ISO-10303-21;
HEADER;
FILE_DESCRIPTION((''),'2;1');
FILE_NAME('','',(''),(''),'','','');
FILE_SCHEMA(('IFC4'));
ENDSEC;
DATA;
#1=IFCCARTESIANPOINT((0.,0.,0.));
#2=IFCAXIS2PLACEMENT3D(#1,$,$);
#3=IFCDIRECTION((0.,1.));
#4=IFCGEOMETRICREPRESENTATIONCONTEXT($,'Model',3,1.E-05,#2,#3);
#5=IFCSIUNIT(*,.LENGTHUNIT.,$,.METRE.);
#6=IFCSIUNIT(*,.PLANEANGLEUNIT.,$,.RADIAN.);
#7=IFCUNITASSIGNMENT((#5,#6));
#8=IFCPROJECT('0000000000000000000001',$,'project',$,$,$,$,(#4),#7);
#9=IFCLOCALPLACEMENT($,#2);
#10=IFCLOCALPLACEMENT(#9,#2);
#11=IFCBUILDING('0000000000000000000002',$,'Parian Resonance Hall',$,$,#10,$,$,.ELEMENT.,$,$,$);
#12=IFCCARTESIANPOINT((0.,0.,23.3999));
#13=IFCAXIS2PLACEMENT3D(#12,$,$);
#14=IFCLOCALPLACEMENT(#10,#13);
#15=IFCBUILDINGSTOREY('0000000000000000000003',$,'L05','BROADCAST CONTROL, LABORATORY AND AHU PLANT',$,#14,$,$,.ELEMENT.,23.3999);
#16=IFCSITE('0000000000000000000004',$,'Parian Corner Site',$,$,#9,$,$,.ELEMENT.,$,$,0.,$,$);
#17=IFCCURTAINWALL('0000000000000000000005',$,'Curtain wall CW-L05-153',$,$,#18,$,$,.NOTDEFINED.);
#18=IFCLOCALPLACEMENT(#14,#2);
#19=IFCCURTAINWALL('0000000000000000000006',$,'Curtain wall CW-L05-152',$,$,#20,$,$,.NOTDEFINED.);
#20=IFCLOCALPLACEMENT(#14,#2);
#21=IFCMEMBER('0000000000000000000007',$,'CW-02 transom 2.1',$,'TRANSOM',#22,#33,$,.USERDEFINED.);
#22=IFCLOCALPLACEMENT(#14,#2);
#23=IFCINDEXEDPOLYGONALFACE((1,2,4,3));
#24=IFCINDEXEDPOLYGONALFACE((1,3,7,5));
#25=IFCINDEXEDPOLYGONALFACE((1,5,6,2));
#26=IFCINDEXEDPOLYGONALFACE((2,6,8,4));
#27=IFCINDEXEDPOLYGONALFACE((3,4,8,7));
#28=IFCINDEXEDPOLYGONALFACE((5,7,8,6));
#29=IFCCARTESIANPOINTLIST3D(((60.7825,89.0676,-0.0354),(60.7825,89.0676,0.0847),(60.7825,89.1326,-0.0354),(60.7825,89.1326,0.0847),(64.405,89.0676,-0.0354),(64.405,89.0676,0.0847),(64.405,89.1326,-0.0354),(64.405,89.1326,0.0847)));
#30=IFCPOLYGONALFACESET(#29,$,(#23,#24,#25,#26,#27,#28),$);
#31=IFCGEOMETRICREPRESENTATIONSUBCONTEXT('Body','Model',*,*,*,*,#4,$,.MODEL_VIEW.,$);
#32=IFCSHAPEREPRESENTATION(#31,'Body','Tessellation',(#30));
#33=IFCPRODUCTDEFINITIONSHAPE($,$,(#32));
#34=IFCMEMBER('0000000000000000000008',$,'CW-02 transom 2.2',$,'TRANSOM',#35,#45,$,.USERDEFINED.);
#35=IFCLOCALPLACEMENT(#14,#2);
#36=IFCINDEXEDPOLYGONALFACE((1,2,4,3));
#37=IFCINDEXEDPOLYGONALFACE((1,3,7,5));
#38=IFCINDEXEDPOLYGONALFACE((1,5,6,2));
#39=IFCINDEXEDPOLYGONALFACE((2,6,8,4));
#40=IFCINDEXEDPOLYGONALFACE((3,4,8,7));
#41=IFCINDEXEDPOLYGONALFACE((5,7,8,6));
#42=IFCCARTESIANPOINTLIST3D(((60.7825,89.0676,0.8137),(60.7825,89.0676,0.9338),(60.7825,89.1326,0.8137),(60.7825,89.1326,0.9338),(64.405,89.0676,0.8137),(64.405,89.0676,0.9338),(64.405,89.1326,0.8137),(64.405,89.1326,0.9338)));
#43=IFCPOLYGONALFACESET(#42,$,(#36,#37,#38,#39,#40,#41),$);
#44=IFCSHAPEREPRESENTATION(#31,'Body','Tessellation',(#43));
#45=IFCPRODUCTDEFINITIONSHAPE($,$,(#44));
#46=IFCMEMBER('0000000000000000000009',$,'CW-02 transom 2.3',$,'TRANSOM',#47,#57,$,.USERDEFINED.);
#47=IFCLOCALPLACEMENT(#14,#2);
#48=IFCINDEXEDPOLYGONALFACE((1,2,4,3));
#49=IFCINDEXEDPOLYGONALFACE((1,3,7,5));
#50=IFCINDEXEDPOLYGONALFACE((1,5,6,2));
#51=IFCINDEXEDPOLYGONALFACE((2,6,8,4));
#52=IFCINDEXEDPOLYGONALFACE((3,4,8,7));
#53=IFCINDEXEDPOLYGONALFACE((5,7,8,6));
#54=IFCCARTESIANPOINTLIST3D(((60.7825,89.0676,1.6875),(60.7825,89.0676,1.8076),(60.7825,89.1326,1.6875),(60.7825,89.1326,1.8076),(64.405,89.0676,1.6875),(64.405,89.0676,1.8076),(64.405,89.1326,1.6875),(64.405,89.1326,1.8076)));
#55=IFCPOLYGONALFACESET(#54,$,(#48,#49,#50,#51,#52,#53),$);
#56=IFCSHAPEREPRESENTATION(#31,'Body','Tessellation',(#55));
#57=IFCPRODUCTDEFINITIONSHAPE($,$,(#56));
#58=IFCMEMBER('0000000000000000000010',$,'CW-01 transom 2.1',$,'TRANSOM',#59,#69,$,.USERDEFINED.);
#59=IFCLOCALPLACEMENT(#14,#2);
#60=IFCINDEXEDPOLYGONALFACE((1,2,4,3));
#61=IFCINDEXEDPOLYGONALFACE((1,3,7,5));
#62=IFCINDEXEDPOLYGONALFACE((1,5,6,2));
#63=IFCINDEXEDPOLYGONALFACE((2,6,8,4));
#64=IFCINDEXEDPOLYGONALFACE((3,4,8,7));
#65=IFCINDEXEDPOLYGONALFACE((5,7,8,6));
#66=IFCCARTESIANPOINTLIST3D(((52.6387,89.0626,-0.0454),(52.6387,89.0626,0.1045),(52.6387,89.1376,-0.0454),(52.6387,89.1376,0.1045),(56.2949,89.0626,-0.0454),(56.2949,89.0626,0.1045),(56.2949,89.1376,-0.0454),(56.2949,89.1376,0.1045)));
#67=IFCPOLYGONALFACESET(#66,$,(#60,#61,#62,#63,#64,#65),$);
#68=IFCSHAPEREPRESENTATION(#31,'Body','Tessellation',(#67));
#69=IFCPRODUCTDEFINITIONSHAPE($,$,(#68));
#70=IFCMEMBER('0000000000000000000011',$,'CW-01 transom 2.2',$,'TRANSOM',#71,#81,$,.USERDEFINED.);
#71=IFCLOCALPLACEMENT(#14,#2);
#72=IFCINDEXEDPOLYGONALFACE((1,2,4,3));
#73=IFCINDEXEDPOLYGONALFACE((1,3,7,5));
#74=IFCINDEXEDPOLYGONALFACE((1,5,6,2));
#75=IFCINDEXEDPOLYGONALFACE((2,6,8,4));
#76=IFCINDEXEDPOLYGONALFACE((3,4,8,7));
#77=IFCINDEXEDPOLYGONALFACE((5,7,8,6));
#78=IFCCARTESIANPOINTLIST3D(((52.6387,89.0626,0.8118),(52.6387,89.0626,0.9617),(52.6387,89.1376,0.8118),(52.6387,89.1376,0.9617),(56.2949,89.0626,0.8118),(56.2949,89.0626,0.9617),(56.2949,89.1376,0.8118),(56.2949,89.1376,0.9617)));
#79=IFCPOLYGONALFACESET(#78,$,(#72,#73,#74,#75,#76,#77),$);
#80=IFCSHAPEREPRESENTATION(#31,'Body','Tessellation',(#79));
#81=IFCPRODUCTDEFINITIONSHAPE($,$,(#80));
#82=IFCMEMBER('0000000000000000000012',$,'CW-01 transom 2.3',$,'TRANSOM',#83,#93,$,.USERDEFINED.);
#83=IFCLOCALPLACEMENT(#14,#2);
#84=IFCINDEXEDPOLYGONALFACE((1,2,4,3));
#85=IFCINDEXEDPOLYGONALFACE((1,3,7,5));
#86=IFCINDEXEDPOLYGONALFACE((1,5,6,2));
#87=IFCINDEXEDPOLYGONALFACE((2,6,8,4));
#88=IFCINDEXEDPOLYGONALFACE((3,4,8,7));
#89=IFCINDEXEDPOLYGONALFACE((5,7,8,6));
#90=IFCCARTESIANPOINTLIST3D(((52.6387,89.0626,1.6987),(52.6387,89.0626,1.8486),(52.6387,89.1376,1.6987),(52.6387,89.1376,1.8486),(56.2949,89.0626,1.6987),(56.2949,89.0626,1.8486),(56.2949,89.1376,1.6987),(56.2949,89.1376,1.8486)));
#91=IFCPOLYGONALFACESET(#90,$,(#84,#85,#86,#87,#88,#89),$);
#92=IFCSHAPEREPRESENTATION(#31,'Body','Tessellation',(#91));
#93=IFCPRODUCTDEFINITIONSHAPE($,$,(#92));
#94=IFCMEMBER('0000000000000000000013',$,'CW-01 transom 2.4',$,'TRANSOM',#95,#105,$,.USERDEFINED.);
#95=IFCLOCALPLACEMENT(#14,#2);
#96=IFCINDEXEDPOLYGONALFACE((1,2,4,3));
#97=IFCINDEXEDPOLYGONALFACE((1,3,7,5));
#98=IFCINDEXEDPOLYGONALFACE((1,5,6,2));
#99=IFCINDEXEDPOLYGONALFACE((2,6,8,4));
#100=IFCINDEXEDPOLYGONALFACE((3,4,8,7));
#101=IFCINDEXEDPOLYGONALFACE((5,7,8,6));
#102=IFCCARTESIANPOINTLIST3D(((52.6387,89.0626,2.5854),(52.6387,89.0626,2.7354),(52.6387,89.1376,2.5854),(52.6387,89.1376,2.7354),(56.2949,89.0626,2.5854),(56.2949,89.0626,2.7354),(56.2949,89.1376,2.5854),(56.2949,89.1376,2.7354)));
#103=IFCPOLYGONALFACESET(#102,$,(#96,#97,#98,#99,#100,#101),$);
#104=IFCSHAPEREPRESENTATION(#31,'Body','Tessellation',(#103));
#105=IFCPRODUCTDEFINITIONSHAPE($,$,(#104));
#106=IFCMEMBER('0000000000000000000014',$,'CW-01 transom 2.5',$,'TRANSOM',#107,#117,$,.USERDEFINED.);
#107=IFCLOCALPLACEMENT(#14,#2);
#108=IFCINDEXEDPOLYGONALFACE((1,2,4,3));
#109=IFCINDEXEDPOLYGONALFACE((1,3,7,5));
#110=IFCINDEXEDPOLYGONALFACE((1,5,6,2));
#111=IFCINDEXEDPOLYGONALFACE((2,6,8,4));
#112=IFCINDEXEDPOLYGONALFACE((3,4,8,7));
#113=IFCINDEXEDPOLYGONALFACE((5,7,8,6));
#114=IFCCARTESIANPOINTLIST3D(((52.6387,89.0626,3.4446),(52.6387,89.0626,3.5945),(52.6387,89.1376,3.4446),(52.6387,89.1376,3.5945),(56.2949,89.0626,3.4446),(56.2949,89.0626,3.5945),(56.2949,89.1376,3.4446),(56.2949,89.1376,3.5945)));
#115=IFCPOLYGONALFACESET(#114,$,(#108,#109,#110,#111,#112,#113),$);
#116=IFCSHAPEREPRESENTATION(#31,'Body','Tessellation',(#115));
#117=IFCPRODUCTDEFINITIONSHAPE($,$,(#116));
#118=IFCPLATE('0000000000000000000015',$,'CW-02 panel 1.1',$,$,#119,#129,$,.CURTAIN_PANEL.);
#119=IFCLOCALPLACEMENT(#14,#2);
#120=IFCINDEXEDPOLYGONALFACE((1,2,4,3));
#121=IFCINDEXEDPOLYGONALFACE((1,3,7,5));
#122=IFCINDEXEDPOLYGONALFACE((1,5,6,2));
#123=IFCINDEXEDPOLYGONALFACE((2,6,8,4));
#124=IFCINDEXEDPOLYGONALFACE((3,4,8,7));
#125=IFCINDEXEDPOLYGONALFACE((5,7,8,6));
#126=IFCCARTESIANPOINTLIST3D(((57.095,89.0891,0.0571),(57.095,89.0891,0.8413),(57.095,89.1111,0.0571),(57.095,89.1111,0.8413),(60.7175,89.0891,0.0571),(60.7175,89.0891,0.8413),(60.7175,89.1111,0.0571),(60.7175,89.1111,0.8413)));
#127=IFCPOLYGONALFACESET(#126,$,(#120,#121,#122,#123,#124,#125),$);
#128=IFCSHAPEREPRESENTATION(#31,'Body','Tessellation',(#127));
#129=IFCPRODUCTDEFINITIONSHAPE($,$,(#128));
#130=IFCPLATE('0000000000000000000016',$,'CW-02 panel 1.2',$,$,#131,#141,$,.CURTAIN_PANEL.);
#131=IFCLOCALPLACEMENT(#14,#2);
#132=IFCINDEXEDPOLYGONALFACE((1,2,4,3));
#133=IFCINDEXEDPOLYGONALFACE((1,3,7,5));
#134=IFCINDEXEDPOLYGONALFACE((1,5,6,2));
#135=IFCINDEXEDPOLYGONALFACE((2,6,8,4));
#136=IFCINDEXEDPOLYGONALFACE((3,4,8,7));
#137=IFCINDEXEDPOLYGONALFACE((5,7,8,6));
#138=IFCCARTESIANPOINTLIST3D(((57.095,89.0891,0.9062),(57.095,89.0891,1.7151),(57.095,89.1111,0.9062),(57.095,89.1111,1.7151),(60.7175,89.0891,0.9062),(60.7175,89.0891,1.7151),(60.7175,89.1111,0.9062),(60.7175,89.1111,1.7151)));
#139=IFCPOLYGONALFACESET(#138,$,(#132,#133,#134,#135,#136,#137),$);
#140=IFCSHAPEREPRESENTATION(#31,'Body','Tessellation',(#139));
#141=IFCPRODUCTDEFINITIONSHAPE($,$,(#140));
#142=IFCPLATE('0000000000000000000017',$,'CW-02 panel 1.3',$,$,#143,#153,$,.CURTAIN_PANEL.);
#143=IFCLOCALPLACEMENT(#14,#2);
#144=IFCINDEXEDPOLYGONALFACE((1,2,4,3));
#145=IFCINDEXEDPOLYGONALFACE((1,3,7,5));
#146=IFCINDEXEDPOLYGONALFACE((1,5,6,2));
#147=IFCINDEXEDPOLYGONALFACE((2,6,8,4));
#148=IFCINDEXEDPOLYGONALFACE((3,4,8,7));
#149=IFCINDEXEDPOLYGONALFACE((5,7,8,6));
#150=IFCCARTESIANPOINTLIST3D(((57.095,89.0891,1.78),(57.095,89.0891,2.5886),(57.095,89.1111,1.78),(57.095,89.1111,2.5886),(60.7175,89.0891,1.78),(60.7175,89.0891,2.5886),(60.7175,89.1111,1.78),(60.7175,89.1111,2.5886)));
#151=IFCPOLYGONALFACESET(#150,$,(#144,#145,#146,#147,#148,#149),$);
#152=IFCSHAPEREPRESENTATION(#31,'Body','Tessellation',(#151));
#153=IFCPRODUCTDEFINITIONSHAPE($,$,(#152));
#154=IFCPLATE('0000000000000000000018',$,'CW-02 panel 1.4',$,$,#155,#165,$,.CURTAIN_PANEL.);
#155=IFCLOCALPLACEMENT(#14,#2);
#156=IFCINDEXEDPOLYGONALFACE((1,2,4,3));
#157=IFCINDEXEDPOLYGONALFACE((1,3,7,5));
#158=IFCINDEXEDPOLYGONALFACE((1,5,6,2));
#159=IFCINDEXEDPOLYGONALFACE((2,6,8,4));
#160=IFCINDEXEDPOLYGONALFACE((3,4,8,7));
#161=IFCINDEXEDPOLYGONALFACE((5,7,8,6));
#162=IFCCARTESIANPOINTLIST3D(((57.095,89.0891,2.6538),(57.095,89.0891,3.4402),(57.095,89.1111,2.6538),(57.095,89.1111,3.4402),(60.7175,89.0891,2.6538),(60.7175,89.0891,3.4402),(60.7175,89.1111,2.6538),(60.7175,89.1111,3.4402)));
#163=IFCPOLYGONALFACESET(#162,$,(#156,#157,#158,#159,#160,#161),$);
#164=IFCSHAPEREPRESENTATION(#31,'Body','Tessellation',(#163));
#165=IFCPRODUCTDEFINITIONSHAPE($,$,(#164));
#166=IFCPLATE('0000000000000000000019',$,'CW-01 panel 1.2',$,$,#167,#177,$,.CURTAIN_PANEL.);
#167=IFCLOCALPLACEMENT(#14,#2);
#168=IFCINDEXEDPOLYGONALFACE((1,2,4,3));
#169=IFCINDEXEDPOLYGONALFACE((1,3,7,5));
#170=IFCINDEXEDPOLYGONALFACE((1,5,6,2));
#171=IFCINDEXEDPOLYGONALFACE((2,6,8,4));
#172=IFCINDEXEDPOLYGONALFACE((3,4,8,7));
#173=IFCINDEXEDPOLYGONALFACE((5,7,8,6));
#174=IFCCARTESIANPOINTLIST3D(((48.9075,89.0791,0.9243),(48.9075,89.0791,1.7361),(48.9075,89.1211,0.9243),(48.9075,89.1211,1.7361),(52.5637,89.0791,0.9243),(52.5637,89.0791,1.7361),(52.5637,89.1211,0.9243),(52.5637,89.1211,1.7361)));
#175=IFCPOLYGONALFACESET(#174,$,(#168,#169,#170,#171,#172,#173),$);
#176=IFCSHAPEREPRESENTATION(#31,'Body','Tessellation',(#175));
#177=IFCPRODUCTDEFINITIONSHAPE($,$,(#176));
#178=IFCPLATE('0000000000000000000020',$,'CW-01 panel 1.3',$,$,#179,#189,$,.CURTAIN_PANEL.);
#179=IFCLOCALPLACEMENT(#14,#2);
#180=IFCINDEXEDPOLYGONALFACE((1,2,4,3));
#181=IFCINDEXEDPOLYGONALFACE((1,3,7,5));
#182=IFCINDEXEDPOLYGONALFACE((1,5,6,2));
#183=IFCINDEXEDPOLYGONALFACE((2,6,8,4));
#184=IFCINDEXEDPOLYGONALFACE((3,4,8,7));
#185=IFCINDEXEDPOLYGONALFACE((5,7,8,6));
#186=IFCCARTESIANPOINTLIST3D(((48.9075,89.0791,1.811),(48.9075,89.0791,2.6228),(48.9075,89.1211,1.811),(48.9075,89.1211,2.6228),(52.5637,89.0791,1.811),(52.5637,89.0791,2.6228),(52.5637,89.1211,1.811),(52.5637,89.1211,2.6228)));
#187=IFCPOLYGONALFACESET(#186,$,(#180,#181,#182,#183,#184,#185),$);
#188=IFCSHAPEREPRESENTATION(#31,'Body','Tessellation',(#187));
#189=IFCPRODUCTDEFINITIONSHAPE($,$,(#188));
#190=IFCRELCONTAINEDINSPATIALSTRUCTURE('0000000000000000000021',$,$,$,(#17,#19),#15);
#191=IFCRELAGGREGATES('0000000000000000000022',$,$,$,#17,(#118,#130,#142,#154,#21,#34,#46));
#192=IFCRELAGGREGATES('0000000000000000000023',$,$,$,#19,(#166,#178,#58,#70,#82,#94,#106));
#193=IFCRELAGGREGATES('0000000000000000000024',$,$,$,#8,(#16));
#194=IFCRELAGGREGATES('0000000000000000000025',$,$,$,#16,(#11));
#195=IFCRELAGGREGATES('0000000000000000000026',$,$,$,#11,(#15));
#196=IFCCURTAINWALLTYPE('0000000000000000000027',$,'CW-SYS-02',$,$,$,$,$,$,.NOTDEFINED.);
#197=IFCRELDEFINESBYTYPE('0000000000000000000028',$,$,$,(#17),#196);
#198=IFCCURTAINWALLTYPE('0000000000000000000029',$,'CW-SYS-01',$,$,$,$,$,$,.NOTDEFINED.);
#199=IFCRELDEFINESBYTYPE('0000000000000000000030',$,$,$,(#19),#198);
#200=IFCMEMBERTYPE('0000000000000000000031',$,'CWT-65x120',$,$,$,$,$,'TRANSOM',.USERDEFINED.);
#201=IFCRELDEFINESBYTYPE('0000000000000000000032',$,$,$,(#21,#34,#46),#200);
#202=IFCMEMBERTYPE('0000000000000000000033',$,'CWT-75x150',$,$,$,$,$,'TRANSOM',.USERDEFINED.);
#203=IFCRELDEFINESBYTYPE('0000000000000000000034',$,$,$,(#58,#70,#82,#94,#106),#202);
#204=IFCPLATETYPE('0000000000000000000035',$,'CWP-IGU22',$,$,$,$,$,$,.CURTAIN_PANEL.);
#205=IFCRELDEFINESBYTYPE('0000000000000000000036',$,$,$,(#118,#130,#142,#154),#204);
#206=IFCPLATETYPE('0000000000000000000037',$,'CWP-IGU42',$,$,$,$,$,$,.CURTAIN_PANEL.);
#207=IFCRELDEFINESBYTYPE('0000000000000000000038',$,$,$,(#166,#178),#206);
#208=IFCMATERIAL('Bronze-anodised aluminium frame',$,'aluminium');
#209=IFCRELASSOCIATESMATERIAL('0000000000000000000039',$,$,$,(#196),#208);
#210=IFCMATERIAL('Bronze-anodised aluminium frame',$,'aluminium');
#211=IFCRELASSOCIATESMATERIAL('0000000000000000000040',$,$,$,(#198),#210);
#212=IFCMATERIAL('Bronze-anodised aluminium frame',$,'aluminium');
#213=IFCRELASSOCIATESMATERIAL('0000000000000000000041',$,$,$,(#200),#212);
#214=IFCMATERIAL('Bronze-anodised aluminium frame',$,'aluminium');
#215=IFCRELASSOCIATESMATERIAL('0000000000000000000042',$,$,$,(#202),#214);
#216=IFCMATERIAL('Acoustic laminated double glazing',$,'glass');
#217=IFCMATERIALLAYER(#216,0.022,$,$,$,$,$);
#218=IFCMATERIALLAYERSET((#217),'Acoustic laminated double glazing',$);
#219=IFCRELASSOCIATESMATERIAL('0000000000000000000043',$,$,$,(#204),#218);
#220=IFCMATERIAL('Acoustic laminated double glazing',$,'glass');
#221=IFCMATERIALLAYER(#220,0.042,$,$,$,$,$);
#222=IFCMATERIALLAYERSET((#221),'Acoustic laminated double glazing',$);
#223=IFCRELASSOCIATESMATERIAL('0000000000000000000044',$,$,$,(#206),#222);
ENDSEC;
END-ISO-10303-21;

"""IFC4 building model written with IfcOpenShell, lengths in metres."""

from ifc_helpers import new_model, si_unit, direction, frame, origin, origin_2d, place, context, subcontext, project, spatial, rectangle, extrude, material, layer, layer_set, material_profile, profile_set, type_object, element, aggregate, save


model = new_model("IFC4")

# Units and contexts
model_context = context("Model", 3, precision=1e-05, world=origin(), true_north=direction((0.0, 1.0)))
body_context = subcontext(model_context, "Body", "Model", "MODEL_VIEW")
ifc_project = project(units=[si_unit("LENGTHUNIT", "METRE"), si_unit("PLANEANGLEUNIT", "RADIAN")], contexts=[model_context])

# Site, building, storey
site_placement = place(None, origin())
site = spatial("IfcSite", under=ifc_project, at=site_placement, Name="Parian Corner Site", CompositionType="ELEMENT", RefElevation=0.0)
building_placement = place(site_placement, origin())
building = spatial("IfcBuilding", under=site, at=building_placement, Name="Parian Resonance Hall", CompositionType="ELEMENT")
storey_placement = place(building_placement, frame((0.0, 0.0, 23.3999)))
storey = spatial("IfcBuildingStorey", under=building, at=storey_placement, Name="L05", Description="BROADCAST CONTROL, LABORATORY AND AHU PLANT", CompositionType="ELEMENT", Elevation=23.3999)

# Curtain walls
ifc_material_1 = material(Name="Bronze-anodised aluminium frame", Category="aluminium")
curtain_wall_type_1 = type_object("IfcCurtainWallType", Name="CW-SYS-02", PredefinedType="NOTDEFINED", material=ifc_material_1)
curtain_wall_1_placement = place(storey_placement, origin())
curtain_wall_1 = element("IfcCurtainWall", 1, at=curtain_wall_1_placement, inside=storey, type_object=curtain_wall_type_1, Name="Curtain wall CW-L05-153", PredefinedType="NOTDEFINED")
ifc_material_2 = material(Name="Bronze-anodised aluminium frame", Category="aluminium")
curtain_wall_type_2 = type_object("IfcCurtainWallType", Name="CW-SYS-01", PredefinedType="NOTDEFINED", material=ifc_material_2)
curtain_wall_2_placement = place(storey_placement, origin())
curtain_wall_2 = element("IfcCurtainWall", 2, at=curtain_wall_2_placement, inside=storey, type_object=curtain_wall_type_2, Name="Curtain wall CW-L05-152", PredefinedType="NOTDEFINED")

# Members
ifc_material_3 = material(Name="Bronze-anodised aluminium frame", Category="aluminium")
ifc_material_profile_1 = material_profile(ifc_material_3, rectangle(XDim=0.0649, YDim=0.1201, at=origin_2d()), Name="CWT-65x120")
ifc_profile_set_1 = profile_set([ifc_material_profile_1], Name="Bronze-anodised aluminium frame")
member_type_1 = type_object("IfcMemberType", Name="CWT-65x120", ElementType="TRANSOM", PredefinedType="USERDEFINED", material=ifc_profile_set_1)
member_1_placement = place(storey_placement, frame((60.7825, 89.1001, 0.0247), z_axis=(1.0, 0.0, 0.0), x_axis=(0.0, 1.0, 0.0)))
member_1 = element("IfcMember", 3, at=member_1_placement, type_object=member_type_1, Name="CW-02 transom 2.1", ObjectType="TRANSOM", PredefinedType="USERDEFINED", context=body_context, shape_type="SweptSolid", body=[
    extrude(rectangle(XDim=0.0649, YDim=0.1201, at=origin_2d()), origin(), (0.0, 0.0, 1.0), 3.6226),
])
member_2_placement = place(storey_placement, frame((60.7825, 89.1001, 0.8738), z_axis=(1.0, 0.0, 0.0), x_axis=(0.0, 1.0, 0.0)))
member_2 = element("IfcMember", 4, at=member_2_placement, type_object=member_type_1, Name="CW-02 transom 2.2", ObjectType="TRANSOM", PredefinedType="USERDEFINED", context=body_context, shape_type="SweptSolid", body=[
    extrude(rectangle(XDim=0.0649, YDim=0.1201, at=origin_2d()), origin(), (0.0, 0.0, 1.0), 3.6226),
])
member_3_placement = place(storey_placement, frame((60.7825, 89.1001, 1.7476), z_axis=(1.0, 0.0, 0.0), x_axis=(0.0, 1.0, 0.0)))
member_3 = element("IfcMember", 5, at=member_3_placement, type_object=member_type_1, Name="CW-02 transom 2.3", ObjectType="TRANSOM", PredefinedType="USERDEFINED", context=body_context, shape_type="SweptSolid", body=[
    extrude(rectangle(XDim=0.0649, YDim=0.1201, at=origin_2d()), origin(), (0.0, 0.0, 1.0), 3.6226),
])
ifc_material_4 = material(Name="Bronze-anodised aluminium frame", Category="aluminium")
ifc_material_profile_2 = material_profile(ifc_material_4, rectangle(XDim=0.075, YDim=0.1499, at=origin_2d()), Name="CWT-75x150")
ifc_profile_set_2 = profile_set([ifc_material_profile_2], Name="Bronze-anodised aluminium frame")
member_type_2 = type_object("IfcMemberType", Name="CWT-75x150", ElementType="TRANSOM", PredefinedType="USERDEFINED", material=ifc_profile_set_2)
member_4_placement = place(storey_placement, frame((52.6387, 89.1001, 0.0295), z_axis=(1.0, 0.0, 0.0), x_axis=(0.0, 1.0, 0.0)))
member_4 = element("IfcMember", 6, at=member_4_placement, type_object=member_type_2, Name="CW-01 transom 2.1", ObjectType="TRANSOM", PredefinedType="USERDEFINED", context=body_context, shape_type="SweptSolid", body=[
    extrude(rectangle(XDim=0.075, YDim=0.1499, at=origin_2d()), origin(), (0.0, 0.0, 1.0), 3.6562),
])
member_5_placement = place(storey_placement, frame((52.6387, 89.1001, 0.8867), z_axis=(1.0, 0.0, 0.0), x_axis=(0.0, 1.0, 0.0)))
member_5 = element("IfcMember", 7, at=member_5_placement, type_object=member_type_2, Name="CW-01 transom 2.2", ObjectType="TRANSOM", PredefinedType="USERDEFINED", context=body_context, shape_type="SweptSolid", body=[
    extrude(rectangle(XDim=0.075, YDim=0.1499, at=origin_2d()), origin(), (0.0, 0.0, 1.0), 3.6562),
])
member_6_placement = place(storey_placement, frame((52.6387, 89.1001, 1.7737), z_axis=(1.0, 0.0, 0.0), x_axis=(0.0, 1.0, 0.0)))
member_6 = element("IfcMember", 8, at=member_6_placement, type_object=member_type_2, Name="CW-01 transom 2.3", ObjectType="TRANSOM", PredefinedType="USERDEFINED", context=body_context, shape_type="SweptSolid", body=[
    extrude(rectangle(XDim=0.075, YDim=0.1499, at=origin_2d()), origin(), (0.0, 0.0, 1.0), 3.6562),
])
member_7_placement = place(storey_placement, frame((52.6387, 89.1001, 2.6604), z_axis=(1.0, 0.0, 0.0), x_axis=(0.0, 1.0, 0.0)))
member_7 = element("IfcMember", 9, at=member_7_placement, type_object=member_type_2, Name="CW-01 transom 2.4", ObjectType="TRANSOM", PredefinedType="USERDEFINED", context=body_context, shape_type="SweptSolid", body=[
    extrude(rectangle(XDim=0.075, YDim=0.1499, at=origin_2d()), origin(), (0.0, 0.0, 1.0), 3.6562),
])
member_8_placement = place(storey_placement, frame((52.6387, 89.1001, 3.5195), z_axis=(1.0, 0.0, 0.0), x_axis=(0.0, 1.0, 0.0)))
member_8 = element("IfcMember", 10, at=member_8_placement, type_object=member_type_2, Name="CW-01 transom 2.5", ObjectType="TRANSOM", PredefinedType="USERDEFINED", context=body_context, shape_type="SweptSolid", body=[
    extrude(rectangle(XDim=0.075, YDim=0.1499, at=origin_2d()), origin(), (0.0, 0.0, 1.0), 3.6562),
])

# Plates
ifc_material_5 = material(Name="Acoustic laminated double glazing", Category="glass")
ifc_layer_1 = layer(ifc_material_5, 0.022)
ifc_layer_set_1 = layer_set([ifc_layer_1], Name="Acoustic laminated double glazing")
plate_type_1 = type_object("IfcPlateType", Name="CWP-IGU22", PredefinedType="CURTAIN_PANEL", material=ifc_layer_set_1)
plate_1_placement = place(storey_placement, frame((58.9062, 89.1001, 0.0571), z_axis=(0.0, 0.0, 1.0), x_axis=(1.0, 0.0, 0.0)))
plate_1 = element("IfcPlate", 11, at=plate_1_placement, type_object=plate_type_1, Name="CW-02 panel 1.1", PredefinedType="CURTAIN_PANEL", context=body_context, shape_type="SweptSolid", body=[
    extrude(rectangle(XDim=3.6226, YDim=0.022, at=origin_2d()), origin(), (0.0, 0.0, 1.0), 0.7842),
])
plate_2_placement = place(storey_placement, frame((58.9062, 89.1001, 0.9062), z_axis=(0.0, 0.0, 1.0), x_axis=(1.0, 0.0, 0.0)))
plate_2 = element("IfcPlate", 12, at=plate_2_placement, type_object=plate_type_1, Name="CW-02 panel 1.2", PredefinedType="CURTAIN_PANEL", context=body_context, shape_type="SweptSolid", body=[
    extrude(rectangle(XDim=3.6226, YDim=0.022, at=origin_2d()), origin(), (0.0, 0.0, 1.0), 0.8088),
])
plate_3_placement = place(storey_placement, frame((58.9062, 89.1001, 1.78), z_axis=(0.0, 0.0, 1.0), x_axis=(1.0, 0.0, 0.0)))
plate_3 = element("IfcPlate", 13, at=plate_3_placement, type_object=plate_type_1, Name="CW-02 panel 1.3", PredefinedType="CURTAIN_PANEL", context=body_context, shape_type="SweptSolid", body=[
    extrude(rectangle(XDim=3.6226, YDim=0.022, at=origin_2d()), origin(), (0.0, 0.0, 1.0), 0.8086),
])
plate_4_placement = place(storey_placement, frame((58.9062, 89.1001, 2.6538), z_axis=(0.0, 0.0, 1.0), x_axis=(1.0, 0.0, 0.0)))
plate_4 = element("IfcPlate", 14, at=plate_4_placement, type_object=plate_type_1, Name="CW-02 panel 1.4", PredefinedType="CURTAIN_PANEL", context=body_context, shape_type="SweptSolid", body=[
    extrude(rectangle(XDim=3.6226, YDim=0.022, at=origin_2d()), origin(), (0.0, 0.0, 1.0), 0.7864),
])
aggregate(curtain_wall_1, [plate_1, plate_2, plate_3, plate_4, member_1, member_2, member_3])
ifc_material_6 = material(Name="Acoustic laminated double glazing", Category="glass")
ifc_layer_2 = layer(ifc_material_6, 0.042)
ifc_layer_set_2 = layer_set([ifc_layer_2], Name="Acoustic laminated double glazing")
plate_type_2 = type_object("IfcPlateType", Name="CWP-IGU42", PredefinedType="CURTAIN_PANEL", material=ifc_layer_set_2)
plate_5_placement = place(storey_placement, frame((50.7356, 89.1001, 0.9243), z_axis=(0.0, 0.0, 1.0), x_axis=(1.0, 0.0, 0.0)))
plate_5 = element("IfcPlate", 15, at=plate_5_placement, type_object=plate_type_2, Name="CW-01 panel 1.2", PredefinedType="CURTAIN_PANEL", context=body_context, shape_type="SweptSolid", body=[
    extrude(rectangle(XDim=3.6562, YDim=0.042, at=origin_2d()), origin(), (0.0, 0.0, 1.0), 0.8118),
])
plate_6_placement = place(storey_placement, frame((50.7356, 89.1001, 1.811), z_axis=(0.0, 0.0, 1.0), x_axis=(1.0, 0.0, 0.0)))
plate_6 = element("IfcPlate", 16, at=plate_6_placement, type_object=plate_type_2, Name="CW-01 panel 1.3", PredefinedType="CURTAIN_PANEL", context=body_context, shape_type="SweptSolid", body=[
    extrude(rectangle(XDim=3.6562, YDim=0.042, at=origin_2d()), origin(), (0.0, 0.0, 1.0), 0.8118),
])
aggregate(curtain_wall_2, [plate_5, plate_6, member_4, member_5, member_6, member_7, member_8])

save(model, "model.ifc")
